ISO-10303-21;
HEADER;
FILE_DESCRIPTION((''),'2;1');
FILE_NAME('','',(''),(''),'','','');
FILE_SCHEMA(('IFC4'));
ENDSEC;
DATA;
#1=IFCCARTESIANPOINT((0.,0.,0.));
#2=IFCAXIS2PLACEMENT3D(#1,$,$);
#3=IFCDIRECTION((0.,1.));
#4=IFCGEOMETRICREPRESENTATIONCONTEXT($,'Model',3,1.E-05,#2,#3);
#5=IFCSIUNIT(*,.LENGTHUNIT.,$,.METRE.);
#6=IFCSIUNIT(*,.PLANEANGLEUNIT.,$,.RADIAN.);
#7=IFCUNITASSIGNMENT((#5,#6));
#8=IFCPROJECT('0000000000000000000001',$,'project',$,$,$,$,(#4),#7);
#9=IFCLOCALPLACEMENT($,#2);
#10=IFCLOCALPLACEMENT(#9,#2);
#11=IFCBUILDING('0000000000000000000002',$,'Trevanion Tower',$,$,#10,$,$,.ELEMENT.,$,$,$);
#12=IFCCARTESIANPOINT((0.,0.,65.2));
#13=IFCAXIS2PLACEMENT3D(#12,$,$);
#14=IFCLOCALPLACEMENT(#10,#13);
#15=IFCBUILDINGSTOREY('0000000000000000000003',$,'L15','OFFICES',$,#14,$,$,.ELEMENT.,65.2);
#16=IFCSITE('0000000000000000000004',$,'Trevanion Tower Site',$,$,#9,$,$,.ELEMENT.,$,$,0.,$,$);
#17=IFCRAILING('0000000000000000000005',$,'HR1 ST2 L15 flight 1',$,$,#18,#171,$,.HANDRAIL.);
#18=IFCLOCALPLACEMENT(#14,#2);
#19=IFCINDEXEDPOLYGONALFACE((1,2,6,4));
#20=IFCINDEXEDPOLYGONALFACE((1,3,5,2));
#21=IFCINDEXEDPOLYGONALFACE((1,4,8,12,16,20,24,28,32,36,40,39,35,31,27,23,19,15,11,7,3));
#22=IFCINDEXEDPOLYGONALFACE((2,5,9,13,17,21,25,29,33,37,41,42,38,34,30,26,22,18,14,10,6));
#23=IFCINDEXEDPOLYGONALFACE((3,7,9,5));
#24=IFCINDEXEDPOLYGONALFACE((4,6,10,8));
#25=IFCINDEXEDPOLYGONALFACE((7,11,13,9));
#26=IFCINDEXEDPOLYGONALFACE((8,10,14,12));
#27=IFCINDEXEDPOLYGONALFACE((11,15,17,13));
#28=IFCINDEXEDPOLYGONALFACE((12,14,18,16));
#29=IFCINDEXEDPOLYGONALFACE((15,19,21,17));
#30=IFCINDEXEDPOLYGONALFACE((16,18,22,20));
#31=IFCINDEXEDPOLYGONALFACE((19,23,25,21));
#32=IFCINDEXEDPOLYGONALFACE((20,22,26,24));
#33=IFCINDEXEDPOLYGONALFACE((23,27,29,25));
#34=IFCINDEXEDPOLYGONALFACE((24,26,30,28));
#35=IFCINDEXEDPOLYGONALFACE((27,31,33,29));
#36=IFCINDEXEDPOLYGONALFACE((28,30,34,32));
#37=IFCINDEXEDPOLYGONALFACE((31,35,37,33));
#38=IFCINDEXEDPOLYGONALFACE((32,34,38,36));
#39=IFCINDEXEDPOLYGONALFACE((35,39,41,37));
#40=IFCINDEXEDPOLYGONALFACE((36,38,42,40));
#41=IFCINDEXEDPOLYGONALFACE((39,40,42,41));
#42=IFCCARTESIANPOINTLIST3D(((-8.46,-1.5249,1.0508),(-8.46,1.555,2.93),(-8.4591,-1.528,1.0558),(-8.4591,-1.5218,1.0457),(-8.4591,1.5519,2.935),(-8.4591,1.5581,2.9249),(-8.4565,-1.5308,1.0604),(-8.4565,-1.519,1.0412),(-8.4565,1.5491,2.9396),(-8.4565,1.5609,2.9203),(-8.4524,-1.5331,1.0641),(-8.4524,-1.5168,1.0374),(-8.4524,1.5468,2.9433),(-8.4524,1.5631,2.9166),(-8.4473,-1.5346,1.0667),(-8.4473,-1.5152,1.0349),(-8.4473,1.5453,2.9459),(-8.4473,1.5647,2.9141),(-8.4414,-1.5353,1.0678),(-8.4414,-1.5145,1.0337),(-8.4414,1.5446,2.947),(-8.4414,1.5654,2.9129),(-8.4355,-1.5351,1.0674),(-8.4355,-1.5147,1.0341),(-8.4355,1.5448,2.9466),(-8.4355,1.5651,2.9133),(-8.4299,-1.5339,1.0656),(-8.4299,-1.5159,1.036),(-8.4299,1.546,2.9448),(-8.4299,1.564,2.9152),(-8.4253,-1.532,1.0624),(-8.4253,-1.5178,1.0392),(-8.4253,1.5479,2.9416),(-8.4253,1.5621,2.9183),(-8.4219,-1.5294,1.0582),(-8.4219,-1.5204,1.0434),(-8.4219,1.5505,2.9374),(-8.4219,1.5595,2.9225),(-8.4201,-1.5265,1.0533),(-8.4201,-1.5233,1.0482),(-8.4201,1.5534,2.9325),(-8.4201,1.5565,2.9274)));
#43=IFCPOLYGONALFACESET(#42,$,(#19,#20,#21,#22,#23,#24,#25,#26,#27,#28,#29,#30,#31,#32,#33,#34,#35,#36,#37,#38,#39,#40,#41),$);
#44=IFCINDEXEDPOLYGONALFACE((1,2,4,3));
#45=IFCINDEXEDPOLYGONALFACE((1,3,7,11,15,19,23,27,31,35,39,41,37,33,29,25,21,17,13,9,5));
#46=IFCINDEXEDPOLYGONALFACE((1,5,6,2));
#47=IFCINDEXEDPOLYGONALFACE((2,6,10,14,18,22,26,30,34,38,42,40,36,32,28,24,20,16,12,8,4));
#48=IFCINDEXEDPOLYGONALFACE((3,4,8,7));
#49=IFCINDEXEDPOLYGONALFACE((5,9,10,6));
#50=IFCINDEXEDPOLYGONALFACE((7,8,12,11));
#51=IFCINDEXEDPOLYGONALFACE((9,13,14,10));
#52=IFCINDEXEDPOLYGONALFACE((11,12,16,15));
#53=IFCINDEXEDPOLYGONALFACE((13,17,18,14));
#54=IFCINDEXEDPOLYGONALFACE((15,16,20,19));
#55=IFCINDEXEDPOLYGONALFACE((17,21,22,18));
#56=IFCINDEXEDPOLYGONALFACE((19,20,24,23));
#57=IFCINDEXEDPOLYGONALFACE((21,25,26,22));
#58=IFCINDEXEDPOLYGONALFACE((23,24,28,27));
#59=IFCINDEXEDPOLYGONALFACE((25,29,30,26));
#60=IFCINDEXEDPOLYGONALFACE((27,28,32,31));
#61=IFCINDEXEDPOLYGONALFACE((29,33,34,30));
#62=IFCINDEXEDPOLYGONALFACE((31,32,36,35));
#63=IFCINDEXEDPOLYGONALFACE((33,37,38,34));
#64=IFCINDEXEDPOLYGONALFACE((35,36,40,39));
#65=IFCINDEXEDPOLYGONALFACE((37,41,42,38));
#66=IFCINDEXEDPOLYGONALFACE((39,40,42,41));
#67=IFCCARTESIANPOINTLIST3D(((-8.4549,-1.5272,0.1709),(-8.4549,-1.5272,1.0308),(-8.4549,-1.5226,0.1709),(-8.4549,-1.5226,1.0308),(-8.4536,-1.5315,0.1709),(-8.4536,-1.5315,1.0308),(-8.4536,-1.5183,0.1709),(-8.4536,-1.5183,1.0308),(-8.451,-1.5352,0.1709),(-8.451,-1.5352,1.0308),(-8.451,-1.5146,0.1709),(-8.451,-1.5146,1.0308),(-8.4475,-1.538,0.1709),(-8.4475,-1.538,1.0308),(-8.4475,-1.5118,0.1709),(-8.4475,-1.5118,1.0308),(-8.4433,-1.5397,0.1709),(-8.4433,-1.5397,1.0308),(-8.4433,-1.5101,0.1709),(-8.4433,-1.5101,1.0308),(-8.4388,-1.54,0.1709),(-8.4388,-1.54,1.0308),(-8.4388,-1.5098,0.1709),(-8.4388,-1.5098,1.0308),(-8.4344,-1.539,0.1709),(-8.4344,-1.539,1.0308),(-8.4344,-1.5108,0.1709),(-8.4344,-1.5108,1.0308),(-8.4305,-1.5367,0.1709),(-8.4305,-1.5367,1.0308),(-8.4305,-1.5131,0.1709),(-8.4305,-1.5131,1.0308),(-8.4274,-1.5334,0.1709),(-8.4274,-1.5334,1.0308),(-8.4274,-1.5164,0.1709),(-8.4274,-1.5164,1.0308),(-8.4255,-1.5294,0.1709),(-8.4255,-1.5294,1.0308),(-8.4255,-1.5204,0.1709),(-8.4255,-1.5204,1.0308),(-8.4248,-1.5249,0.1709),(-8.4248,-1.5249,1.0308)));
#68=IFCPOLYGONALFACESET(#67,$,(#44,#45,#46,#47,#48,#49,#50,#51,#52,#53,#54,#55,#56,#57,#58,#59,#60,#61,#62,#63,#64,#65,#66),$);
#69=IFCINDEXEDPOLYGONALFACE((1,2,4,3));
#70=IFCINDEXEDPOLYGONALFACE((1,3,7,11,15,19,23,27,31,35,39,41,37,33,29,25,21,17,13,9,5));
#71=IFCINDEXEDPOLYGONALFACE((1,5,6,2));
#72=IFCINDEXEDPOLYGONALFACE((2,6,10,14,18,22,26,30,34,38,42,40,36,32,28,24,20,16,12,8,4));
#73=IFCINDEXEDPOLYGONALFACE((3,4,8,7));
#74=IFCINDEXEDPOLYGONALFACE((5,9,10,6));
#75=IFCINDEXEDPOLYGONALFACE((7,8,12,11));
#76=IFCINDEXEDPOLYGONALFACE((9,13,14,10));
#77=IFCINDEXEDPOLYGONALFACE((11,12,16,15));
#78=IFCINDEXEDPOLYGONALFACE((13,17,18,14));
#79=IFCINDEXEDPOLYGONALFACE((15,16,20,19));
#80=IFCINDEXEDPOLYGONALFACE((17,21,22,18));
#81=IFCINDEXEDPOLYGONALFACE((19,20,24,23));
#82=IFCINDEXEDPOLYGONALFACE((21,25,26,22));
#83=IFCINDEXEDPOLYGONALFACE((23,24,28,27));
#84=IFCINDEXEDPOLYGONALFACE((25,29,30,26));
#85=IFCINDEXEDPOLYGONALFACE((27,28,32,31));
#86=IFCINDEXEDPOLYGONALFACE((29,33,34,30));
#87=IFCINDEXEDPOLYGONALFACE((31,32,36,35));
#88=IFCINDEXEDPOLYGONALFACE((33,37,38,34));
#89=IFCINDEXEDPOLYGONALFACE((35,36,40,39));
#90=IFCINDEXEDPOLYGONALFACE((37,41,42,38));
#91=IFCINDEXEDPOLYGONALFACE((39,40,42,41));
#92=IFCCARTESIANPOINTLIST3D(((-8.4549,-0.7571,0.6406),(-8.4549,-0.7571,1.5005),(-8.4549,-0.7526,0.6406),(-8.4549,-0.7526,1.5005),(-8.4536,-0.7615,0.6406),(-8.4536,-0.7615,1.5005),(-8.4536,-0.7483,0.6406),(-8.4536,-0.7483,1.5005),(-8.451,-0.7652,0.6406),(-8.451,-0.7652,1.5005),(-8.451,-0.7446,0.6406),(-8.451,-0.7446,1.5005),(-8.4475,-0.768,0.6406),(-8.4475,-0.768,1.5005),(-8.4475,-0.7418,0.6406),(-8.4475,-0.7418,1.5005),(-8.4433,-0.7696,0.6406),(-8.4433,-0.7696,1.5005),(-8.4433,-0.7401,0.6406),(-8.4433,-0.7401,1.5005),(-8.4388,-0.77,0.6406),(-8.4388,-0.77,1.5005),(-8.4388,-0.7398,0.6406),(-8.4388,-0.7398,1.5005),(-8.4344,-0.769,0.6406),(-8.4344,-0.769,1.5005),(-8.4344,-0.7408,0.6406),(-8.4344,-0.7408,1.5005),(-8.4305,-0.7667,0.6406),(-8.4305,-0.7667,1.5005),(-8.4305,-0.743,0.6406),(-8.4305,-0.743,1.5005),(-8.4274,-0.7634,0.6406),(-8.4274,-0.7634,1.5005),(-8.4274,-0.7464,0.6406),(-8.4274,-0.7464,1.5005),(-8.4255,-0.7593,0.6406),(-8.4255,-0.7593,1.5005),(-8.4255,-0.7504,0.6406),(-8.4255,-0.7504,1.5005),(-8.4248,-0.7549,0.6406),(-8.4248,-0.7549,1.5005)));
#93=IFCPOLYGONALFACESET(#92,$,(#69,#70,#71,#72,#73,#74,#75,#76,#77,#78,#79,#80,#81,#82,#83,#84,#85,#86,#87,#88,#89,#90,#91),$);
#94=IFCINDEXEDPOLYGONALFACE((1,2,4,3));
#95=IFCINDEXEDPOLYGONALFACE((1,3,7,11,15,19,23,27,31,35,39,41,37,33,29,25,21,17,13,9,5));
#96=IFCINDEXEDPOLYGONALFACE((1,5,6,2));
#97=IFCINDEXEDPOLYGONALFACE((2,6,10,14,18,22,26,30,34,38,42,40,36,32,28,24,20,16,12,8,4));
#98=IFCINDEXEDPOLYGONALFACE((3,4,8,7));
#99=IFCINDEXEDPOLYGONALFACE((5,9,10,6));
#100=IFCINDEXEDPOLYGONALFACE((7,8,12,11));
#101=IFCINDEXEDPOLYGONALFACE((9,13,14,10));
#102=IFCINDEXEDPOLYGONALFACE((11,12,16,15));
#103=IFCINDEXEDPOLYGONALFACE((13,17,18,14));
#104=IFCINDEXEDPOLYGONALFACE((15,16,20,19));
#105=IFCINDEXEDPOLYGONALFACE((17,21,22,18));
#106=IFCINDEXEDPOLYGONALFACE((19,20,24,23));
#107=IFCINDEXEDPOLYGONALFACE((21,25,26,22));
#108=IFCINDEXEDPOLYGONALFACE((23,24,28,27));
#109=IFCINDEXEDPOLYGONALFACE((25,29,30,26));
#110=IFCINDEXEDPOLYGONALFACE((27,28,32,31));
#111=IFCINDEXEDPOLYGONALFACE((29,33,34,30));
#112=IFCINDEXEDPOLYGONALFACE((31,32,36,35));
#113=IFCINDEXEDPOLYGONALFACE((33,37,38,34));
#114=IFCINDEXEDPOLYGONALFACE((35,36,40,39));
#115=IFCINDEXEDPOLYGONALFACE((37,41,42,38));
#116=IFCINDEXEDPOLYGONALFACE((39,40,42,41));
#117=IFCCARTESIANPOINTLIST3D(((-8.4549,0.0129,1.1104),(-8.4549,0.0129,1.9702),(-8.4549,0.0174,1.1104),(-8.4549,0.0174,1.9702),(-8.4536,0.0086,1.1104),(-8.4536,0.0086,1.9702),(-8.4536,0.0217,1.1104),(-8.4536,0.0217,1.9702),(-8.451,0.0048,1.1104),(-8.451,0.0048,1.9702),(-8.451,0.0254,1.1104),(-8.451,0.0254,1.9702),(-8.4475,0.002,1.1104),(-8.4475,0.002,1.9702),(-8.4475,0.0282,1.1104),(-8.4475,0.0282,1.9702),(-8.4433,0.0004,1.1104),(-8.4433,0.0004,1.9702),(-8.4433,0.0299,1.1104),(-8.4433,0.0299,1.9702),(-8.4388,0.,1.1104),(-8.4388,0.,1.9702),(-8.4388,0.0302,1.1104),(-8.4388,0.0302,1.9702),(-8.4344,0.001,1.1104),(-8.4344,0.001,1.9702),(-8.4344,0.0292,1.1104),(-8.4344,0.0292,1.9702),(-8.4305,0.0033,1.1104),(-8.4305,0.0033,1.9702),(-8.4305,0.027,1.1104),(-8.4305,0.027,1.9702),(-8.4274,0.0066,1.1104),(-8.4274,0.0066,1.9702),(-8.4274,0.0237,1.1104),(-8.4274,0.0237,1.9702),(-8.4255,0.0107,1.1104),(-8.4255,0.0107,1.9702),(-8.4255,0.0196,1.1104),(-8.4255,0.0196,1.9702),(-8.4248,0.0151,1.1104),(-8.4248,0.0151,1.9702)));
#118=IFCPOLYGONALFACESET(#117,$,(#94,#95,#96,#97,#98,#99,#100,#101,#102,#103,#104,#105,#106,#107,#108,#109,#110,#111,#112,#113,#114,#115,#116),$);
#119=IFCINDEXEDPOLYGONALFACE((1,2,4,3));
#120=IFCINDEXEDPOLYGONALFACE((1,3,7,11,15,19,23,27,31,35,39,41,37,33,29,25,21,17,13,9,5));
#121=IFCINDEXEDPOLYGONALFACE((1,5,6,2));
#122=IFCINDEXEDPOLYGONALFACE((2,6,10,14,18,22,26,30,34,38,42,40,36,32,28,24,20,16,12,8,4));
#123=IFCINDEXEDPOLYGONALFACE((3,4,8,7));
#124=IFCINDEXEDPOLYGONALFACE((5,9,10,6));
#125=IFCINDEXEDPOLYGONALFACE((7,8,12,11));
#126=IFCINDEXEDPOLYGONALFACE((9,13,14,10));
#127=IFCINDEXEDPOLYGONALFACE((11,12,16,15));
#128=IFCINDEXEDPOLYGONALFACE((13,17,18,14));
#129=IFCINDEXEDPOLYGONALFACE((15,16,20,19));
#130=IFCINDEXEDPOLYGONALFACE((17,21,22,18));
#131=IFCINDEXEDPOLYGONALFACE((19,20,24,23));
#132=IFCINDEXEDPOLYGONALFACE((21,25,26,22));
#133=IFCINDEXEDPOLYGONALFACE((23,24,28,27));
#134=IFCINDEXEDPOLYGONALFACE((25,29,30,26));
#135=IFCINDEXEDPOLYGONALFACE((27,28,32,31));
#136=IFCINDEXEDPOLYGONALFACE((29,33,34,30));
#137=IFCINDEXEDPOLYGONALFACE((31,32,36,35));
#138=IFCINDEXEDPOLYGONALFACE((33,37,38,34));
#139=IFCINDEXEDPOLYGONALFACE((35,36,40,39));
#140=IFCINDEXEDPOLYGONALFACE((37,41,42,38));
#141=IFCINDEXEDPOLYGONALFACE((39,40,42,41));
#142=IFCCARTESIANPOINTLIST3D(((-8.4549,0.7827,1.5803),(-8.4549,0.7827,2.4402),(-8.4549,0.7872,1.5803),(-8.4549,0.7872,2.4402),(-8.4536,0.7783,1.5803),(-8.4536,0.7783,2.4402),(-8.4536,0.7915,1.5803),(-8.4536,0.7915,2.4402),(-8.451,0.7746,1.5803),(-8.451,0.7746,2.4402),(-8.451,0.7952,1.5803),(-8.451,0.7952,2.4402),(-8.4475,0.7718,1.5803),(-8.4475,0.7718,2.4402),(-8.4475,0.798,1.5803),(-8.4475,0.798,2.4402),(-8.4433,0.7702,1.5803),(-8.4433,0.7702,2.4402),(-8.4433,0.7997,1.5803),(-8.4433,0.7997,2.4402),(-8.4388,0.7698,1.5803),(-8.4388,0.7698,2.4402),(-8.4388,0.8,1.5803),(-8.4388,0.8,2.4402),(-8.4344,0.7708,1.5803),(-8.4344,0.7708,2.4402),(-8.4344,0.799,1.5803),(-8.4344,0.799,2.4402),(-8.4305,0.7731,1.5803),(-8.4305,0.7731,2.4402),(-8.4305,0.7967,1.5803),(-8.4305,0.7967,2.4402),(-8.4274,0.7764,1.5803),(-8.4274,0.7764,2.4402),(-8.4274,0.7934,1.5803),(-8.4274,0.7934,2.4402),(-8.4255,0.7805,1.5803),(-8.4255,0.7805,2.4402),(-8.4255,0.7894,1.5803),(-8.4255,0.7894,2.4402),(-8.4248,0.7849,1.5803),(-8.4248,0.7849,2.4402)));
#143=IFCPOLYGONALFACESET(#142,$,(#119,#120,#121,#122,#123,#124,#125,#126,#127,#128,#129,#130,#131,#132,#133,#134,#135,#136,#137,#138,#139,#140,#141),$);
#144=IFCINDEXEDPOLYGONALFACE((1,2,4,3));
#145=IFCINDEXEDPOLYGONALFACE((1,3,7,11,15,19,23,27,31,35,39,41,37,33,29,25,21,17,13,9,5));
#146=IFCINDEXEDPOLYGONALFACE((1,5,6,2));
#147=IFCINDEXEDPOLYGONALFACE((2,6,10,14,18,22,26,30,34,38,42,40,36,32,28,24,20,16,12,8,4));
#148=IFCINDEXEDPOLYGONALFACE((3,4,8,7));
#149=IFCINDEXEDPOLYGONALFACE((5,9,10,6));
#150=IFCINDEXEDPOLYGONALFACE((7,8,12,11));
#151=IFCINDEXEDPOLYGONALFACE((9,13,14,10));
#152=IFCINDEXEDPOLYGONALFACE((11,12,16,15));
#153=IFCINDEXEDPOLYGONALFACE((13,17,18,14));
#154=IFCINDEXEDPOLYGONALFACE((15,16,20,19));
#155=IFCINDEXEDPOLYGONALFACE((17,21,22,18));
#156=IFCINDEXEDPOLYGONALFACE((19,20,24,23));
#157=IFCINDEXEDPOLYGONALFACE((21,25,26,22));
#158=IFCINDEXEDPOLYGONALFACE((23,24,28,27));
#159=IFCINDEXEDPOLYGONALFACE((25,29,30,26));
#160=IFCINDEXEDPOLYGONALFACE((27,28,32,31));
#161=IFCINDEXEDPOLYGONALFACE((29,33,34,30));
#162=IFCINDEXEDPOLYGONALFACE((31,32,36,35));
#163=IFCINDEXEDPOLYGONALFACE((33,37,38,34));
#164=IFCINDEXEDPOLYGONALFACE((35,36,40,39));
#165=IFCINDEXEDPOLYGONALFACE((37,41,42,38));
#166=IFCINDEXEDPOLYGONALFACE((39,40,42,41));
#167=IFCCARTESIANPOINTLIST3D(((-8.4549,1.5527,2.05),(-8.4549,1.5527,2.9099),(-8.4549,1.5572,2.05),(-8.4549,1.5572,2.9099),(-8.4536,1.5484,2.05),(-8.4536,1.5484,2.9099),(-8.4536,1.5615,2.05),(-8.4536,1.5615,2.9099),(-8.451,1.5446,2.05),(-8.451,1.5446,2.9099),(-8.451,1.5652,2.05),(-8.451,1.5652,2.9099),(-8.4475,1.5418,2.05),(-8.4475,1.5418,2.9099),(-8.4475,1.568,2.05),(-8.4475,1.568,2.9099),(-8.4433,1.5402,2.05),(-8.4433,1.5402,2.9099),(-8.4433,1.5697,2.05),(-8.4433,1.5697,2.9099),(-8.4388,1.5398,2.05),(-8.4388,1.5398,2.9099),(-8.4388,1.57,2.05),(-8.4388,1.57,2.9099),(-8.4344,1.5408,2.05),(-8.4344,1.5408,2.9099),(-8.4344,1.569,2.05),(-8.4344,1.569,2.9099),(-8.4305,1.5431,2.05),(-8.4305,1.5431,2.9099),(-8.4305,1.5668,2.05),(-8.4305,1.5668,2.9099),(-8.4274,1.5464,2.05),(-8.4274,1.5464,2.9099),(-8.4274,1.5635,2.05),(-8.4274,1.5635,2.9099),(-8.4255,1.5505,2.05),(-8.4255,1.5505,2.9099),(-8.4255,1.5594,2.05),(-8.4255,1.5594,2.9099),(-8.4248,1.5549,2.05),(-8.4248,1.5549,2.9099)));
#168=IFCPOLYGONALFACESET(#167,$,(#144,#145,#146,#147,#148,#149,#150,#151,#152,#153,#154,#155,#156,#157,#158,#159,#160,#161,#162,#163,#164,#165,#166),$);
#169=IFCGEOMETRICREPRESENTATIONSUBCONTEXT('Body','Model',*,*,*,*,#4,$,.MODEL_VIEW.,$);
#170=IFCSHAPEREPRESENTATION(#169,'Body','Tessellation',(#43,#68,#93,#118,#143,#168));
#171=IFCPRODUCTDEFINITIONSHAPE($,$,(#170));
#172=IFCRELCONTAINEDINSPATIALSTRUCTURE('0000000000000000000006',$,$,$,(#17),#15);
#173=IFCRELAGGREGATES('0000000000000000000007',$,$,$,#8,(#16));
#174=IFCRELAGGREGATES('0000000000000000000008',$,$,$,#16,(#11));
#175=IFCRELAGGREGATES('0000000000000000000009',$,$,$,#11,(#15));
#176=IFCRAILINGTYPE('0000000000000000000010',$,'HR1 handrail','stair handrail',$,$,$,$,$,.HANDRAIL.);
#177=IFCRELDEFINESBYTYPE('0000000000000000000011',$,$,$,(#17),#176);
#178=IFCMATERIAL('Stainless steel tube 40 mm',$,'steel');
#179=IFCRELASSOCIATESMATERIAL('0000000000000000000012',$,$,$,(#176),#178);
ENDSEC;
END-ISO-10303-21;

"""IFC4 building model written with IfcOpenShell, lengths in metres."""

from ifc_helpers import new_model, si_unit, direction, frame, origin, origin_2d, place, context, subcontext, project, spatial, circle, extrude, material, type_object, element, save


model = new_model("IFC4")

# Units and contexts
model_context = context("Model", 3, precision=1e-05, world=origin(), true_north=direction((0.0, 1.0)))
body_context = subcontext(model_context, "Body", "Model", "MODEL_VIEW")
ifc_project = project(units=[si_unit("LENGTHUNIT", "METRE"), si_unit("PLANEANGLEUNIT", "RADIAN")], contexts=[model_context])

# Site, building, storey
site_placement = place(None, origin())
site = spatial("IfcSite", under=ifc_project, at=site_placement, Name="Trevanion Tower Site", CompositionType="ELEMENT", RefElevation=0.0)
building_placement = place(site_placement, origin())
building = spatial("IfcBuilding", under=site, at=building_placement, Name="Trevanion Tower", CompositionType="ELEMENT")
storey_placement = place(building_placement, frame((0.0, 0.0, 65.2)))
storey = spatial("IfcBuildingStorey", under=building, at=storey_placement, Name="L15", Description="OFFICES", CompositionType="ELEMENT", Elevation=65.2)

# Railing
ifc_material_1 = material(Name="Stainless steel tube 40 mm", Category="steel")
railing_type = type_object("IfcRailingType", Name="HR1 handrail", Description="stair handrail", PredefinedType="HANDRAIL", material=ifc_material_1)
for number, where, name in (
    (1, (-8.4399, -1.5249, 0.1709), "HR1 ST2 L15 flight 1"),
):
    element("IfcRailing", number, at=place(storey_placement, frame(where)), inside=storey, type_object=railing_type, Name=name, PredefinedType="HANDRAIL", context=body_context, shape_type="SweptSolid", body=[
        extrude(circle(Radius=0.02, at=origin_2d()), frame((0.0, 0.0, 0.8799), z_axis=(0.0, 0.853648, 0.52085), x_axis=(-1.0, 0.0, 0.0)), (0.0, 0.0, 1.0), 3.6079),
        extrude(circle(Radius=0.0151, at=origin_2d()), origin(), (0.0, 0.0, 1.0), 0.8599),
        extrude(circle(Radius=0.0151, at=origin_2d()), frame((0.0, 0.77, 0.4697)), (0.0, 0.0, 1.0), 0.8599),
        extrude(circle(Radius=0.0151, at=origin_2d()), frame((0.0, 1.54, 0.9395)), (0.0, 0.0, 1.0), 0.8599),
        extrude(circle(Radius=0.0151, at=origin_2d()), frame((0.0, 2.3098, 1.4094)), (0.0, 0.0, 1.0), 0.8599),
        extrude(circle(Radius=0.0151, at=origin_2d()), frame((0.0, 3.0798, 1.8792)), (0.0, 0.0, 1.0), 0.8599),
    ])

save(model, "model.ifc")
